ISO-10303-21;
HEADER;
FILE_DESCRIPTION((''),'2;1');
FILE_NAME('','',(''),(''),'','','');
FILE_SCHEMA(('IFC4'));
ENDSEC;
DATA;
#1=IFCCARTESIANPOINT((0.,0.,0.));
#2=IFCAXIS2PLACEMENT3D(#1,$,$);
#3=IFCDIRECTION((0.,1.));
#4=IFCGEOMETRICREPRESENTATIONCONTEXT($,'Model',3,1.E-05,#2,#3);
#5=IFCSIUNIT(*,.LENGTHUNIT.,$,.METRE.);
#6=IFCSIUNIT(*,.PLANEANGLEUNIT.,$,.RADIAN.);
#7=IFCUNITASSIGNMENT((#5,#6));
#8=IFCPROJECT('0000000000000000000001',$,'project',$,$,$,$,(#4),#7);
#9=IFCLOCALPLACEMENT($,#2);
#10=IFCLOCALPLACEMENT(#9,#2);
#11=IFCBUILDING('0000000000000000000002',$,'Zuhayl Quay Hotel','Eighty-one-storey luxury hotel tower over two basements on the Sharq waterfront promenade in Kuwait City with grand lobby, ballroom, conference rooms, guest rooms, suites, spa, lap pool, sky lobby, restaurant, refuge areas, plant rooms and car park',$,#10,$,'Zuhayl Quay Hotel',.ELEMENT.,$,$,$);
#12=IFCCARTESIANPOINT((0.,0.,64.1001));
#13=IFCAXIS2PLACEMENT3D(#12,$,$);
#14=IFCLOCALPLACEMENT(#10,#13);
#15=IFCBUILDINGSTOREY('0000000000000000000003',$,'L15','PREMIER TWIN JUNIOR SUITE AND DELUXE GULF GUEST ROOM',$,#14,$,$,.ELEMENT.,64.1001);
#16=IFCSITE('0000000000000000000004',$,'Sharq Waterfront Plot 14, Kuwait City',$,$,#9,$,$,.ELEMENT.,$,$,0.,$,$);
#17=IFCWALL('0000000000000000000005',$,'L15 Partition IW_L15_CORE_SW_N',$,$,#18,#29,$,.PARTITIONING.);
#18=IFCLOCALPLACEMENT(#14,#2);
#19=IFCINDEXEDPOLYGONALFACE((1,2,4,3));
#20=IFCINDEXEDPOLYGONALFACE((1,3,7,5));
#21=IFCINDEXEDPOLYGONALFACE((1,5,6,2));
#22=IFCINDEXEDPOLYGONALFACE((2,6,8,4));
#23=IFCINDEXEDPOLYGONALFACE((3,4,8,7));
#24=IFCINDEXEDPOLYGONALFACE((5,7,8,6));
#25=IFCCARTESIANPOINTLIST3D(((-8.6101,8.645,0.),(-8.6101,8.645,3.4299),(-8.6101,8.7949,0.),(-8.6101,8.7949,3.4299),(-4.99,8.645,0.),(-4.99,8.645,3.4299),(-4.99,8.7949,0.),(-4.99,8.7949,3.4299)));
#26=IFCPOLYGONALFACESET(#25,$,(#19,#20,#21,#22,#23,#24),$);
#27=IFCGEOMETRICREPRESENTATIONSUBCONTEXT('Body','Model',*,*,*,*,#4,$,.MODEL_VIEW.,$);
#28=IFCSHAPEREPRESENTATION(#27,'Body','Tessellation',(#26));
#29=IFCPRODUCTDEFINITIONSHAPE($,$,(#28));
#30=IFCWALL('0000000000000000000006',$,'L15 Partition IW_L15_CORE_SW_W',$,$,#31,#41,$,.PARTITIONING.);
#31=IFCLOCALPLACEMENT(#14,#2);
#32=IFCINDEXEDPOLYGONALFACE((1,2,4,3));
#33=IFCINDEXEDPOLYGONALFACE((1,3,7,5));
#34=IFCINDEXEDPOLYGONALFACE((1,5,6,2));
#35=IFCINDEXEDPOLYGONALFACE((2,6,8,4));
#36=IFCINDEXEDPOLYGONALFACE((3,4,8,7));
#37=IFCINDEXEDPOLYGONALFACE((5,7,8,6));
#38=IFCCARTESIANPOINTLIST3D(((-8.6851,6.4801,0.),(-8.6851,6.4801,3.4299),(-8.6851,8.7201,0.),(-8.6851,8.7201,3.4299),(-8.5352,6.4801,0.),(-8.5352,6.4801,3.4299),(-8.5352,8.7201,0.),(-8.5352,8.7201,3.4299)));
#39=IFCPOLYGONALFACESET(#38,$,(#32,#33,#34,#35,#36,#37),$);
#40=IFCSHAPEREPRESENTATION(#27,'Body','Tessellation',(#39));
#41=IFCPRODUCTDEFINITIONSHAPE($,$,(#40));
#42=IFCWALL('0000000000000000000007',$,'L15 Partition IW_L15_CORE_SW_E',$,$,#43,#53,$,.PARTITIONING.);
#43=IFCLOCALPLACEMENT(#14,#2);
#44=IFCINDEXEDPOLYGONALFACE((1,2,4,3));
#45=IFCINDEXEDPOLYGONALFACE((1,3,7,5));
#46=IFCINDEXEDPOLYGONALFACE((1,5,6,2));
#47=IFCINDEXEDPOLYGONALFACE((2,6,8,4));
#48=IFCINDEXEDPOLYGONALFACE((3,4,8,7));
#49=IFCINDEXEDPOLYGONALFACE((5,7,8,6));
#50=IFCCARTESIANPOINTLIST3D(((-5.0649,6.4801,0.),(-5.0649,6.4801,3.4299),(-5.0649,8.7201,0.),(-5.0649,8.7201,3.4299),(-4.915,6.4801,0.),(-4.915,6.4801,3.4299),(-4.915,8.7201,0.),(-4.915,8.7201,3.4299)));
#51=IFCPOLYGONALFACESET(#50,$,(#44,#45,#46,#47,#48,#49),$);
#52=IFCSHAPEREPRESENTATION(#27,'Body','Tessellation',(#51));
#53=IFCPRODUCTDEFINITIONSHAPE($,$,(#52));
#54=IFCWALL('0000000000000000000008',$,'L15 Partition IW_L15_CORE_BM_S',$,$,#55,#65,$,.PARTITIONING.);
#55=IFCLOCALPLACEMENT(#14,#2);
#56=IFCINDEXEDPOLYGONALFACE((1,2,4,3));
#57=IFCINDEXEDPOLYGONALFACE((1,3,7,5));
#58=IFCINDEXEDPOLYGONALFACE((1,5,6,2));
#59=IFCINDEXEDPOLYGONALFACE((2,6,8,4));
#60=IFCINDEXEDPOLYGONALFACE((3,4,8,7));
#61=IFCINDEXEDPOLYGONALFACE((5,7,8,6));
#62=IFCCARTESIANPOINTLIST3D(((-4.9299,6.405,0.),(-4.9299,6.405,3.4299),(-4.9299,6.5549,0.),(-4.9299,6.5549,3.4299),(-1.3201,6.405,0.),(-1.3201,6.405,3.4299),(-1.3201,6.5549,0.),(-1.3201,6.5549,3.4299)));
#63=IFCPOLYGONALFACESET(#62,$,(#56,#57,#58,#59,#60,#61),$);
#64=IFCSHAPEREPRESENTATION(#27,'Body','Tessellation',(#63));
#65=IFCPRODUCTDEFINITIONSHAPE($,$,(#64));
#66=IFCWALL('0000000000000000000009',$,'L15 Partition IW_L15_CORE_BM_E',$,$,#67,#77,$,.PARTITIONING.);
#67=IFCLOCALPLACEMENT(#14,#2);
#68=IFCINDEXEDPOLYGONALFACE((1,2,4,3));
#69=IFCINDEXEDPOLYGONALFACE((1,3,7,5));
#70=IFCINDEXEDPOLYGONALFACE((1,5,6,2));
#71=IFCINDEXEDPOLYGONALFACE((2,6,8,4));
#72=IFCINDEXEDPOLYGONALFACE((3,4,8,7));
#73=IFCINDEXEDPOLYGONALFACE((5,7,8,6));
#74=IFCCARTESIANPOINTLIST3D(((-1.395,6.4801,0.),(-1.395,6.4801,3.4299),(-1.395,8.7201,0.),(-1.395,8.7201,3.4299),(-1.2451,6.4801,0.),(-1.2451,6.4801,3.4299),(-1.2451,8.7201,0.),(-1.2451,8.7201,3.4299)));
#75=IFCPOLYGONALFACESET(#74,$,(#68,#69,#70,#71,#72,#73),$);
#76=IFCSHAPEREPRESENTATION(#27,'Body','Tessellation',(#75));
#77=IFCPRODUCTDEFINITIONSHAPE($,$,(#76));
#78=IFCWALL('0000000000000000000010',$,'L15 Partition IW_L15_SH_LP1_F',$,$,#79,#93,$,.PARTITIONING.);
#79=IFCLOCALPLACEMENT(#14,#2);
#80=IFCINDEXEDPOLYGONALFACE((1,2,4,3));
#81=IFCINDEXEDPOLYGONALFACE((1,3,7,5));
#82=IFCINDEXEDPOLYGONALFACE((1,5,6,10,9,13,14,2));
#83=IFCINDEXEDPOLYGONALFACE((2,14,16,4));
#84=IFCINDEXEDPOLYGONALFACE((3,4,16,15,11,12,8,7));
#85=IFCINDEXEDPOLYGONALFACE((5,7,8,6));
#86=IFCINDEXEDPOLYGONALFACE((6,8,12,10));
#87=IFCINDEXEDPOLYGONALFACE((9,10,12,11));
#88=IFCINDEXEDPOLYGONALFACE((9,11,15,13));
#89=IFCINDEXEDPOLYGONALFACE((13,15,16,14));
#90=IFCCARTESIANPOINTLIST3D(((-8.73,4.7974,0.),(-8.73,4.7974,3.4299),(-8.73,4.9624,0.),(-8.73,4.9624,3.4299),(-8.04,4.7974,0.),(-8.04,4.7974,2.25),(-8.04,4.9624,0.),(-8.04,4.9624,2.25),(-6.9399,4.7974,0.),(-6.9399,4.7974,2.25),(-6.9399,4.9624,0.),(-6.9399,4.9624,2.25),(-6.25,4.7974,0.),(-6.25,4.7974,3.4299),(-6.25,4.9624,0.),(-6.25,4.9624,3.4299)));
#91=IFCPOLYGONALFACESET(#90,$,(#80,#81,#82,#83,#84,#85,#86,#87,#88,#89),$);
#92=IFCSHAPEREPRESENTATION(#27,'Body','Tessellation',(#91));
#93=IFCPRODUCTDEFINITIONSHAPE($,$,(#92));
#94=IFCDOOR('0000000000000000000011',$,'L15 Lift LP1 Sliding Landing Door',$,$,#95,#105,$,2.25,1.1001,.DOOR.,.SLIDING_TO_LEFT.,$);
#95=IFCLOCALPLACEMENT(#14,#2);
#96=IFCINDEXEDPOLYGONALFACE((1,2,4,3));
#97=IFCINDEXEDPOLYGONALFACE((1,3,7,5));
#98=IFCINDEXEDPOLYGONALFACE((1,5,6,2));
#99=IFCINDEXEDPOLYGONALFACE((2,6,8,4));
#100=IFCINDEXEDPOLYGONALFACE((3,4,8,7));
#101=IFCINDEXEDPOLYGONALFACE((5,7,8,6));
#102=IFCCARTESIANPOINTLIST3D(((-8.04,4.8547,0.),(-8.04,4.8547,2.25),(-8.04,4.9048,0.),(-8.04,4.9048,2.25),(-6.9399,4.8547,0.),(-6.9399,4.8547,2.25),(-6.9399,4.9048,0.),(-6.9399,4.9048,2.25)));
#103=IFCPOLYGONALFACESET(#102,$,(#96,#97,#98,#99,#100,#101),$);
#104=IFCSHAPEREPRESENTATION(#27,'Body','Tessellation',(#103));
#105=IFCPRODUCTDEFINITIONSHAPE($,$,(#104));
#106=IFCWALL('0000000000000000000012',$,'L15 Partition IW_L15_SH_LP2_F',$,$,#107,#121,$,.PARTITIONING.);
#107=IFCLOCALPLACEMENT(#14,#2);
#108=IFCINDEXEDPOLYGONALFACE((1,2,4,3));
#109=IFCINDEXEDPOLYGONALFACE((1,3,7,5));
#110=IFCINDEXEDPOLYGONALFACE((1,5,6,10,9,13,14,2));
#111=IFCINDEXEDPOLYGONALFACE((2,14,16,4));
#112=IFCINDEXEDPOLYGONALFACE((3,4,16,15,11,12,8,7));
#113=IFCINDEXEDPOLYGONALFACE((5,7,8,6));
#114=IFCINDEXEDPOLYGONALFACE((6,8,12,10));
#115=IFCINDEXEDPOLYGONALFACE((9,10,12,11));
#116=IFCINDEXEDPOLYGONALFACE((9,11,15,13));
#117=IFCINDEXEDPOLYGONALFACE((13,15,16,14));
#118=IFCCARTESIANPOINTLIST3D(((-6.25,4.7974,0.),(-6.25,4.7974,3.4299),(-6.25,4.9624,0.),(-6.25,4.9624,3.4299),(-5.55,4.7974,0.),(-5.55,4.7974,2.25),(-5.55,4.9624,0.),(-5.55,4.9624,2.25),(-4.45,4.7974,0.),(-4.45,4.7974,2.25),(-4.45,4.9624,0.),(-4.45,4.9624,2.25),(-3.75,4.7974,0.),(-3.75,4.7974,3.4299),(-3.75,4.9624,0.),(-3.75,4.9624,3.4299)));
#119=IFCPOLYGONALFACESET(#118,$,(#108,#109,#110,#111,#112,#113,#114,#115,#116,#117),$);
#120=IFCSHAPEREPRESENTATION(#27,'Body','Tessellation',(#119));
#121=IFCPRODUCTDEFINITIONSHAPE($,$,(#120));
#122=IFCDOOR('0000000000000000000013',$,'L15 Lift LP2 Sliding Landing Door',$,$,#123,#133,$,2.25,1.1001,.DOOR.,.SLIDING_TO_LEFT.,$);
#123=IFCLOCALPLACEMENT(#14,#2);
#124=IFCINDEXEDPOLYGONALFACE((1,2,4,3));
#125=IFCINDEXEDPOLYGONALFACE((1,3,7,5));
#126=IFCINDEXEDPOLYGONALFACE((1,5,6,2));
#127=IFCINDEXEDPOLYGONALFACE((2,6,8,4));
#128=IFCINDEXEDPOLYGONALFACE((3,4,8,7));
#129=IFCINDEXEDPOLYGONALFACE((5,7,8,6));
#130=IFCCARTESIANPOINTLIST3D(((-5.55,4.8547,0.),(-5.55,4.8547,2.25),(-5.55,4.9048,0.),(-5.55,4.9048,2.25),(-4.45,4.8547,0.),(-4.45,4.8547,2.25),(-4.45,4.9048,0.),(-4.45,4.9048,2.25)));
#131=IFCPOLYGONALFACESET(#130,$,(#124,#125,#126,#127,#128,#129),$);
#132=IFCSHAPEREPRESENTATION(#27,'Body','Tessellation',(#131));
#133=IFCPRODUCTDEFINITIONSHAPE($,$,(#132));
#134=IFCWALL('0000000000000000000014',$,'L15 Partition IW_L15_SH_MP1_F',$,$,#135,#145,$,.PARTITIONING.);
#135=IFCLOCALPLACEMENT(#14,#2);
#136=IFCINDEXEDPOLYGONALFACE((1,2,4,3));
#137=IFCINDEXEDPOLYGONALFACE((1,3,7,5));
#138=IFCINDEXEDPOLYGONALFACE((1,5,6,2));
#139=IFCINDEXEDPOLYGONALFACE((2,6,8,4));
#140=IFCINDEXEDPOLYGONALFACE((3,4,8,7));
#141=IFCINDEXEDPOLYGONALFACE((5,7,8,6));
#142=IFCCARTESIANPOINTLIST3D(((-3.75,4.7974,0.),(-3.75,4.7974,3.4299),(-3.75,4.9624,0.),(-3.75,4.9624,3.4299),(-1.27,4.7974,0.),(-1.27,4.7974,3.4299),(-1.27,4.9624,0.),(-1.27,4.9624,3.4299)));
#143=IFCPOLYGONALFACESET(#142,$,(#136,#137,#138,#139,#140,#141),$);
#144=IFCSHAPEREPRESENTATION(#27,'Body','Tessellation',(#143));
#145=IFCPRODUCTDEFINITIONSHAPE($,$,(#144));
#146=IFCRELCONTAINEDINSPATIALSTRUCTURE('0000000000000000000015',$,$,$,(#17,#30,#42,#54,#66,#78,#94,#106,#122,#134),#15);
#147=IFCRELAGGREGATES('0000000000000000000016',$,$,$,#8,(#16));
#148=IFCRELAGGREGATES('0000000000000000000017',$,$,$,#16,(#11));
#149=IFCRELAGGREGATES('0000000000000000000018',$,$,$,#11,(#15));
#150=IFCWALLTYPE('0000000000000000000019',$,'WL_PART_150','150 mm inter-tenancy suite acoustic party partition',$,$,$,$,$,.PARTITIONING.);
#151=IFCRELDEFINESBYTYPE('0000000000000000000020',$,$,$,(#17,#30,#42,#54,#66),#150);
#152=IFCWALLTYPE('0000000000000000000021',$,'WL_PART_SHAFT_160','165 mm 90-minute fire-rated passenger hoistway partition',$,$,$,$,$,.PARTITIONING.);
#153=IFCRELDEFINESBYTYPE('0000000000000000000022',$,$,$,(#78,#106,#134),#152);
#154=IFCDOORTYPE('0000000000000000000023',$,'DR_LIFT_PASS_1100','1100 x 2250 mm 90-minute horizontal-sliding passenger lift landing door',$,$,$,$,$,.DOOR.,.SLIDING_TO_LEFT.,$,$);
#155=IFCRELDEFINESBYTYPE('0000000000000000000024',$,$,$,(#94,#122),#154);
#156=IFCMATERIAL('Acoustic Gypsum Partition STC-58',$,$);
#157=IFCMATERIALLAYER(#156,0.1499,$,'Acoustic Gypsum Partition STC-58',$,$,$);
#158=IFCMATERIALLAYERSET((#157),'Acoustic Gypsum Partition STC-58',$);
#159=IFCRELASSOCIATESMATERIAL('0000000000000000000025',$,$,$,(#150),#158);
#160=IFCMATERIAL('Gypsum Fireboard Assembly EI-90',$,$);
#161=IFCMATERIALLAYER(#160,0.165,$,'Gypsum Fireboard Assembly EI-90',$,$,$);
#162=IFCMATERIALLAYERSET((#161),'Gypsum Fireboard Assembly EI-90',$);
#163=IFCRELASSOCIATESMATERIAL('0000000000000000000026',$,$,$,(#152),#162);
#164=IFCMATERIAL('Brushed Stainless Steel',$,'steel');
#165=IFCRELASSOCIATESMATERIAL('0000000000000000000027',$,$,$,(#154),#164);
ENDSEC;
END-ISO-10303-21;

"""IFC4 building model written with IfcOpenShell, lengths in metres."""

from ifc_helpers import new_model, si_unit, direction, frame, frame_2d, origin, place, context, subcontext, project, spatial, rectangle, extrude, material, layer, layer_set, type_object, element, fill, save


model = new_model("IFC4")

# Units and contexts
model_context = context("Model", 3, precision=1e-05, world=origin(), true_north=direction((0.0, 1.0)))
body_context = subcontext(model_context, "Body", "Model", "MODEL_VIEW")
ifc_project = project(units=[si_unit("LENGTHUNIT", "METRE"), si_unit("PLANEANGLEUNIT", "RADIAN")], contexts=[model_context])

# Site, building, storey
site_placement = place(None, origin())
site = spatial("IfcSite", under=ifc_project, at=site_placement, Name="Sharq Waterfront Plot 14, Kuwait City", CompositionType="ELEMENT", RefElevation=0.0)
building_placement = place(site_placement, origin())
building = spatial("IfcBuilding", under=site, at=building_placement, Name="Zuhayl Quay Hotel", Description="Eighty-one-storey luxury hotel tower over two basements on the Sharq waterfront promenade in Kuwait City with grand lobby, ballroom, conference rooms, guest rooms, suites, spa, lap pool, sky lobby, restaurant, refuge areas, plant rooms and car park", LongName="Zuhayl Quay Hotel", CompositionType="ELEMENT")
storey_placement = place(building_placement, frame((0.0, 0.0, 64.1001)))
storey = spatial("IfcBuildingStorey", under=building, at=storey_placement, Name="L15", Description="PREMIER TWIN JUNIOR SUITE AND DELUXE GULF GUEST ROOM", CompositionType="ELEMENT", Elevation=64.1001)

# Shared definitions
ifc_material_1 = material(Name="Acoustic Gypsum Partition STC-58")
ifc_layer_1 = layer(ifc_material_1, 0.1499, Name="Acoustic Gypsum Partition STC-58")
ifc_layer_set_1 = layer_set([ifc_layer_1], Name="Acoustic Gypsum Partition STC-58")
wall_type_1 = type_object("IfcWallType", Name="WL_PART_150", Description="150 mm inter-tenancy suite acoustic party partition", PredefinedType="PARTITIONING", material=ifc_layer_set_1)

# Walls
wall_1_placement = place(storey_placement, frame((-8.6101, 8.72, 0.0), z_axis=(0.0, 0.0, 1.0), x_axis=(1.0, 0.0, 0.0)))
element("IfcWall", 1, at=wall_1_placement, inside=storey, type_object=wall_type_1, Name="L15 Partition IW_L15_CORE_SW_N", PredefinedType="PARTITIONING", context=body_context, shape_type="SweptSolid", body=[
    extrude(rectangle(XDim=3.6201, YDim=0.1499, at=frame_2d((1.8101, 0.0))), origin(), (0.0, 0.0, 1.0), 3.4299),
])
for number, where, z_axis, x_axis, name in (
    (2, (-8.6101, 6.48, 0.0), (0.0, 0.0, 1.0), (0.0, 1.0, 0.0), "L15 Partition IW_L15_CORE_SW_W"),
    (3, (-4.99, 6.48, 0.0), (0.0, 0.0, 1.0), (0.0, 1.0, 0.0), "L15 Partition IW_L15_CORE_SW_E"),
):
    element("IfcWall", number, at=place(storey_placement, frame(where, z_axis=z_axis, x_axis=x_axis)), inside=storey, type_object=wall_type_1, Name=name, PredefinedType="PARTITIONING", context=body_context, shape_type="SweptSolid", body=[
        extrude(rectangle(XDim=2.24, YDim=0.1499, at=frame_2d((1.1201, 0.0))), origin(), (0.0, 0.0, 1.0), 3.4299),
    ])
wall_2_placement = place(storey_placement, frame((-4.9299, 6.48, 0.0), z_axis=(0.0, 0.0, 1.0), x_axis=(1.0, 0.0, 0.0)))
element("IfcWall", 4, at=wall_2_placement, inside=storey, type_object=wall_type_1, Name="L15 Partition IW_L15_CORE_BM_S", PredefinedType="PARTITIONING", context=body_context, shape_type="SweptSolid", body=[
    extrude(rectangle(XDim=3.6099, YDim=0.1499, at=frame_2d((1.8049, 0.0))), origin(), (0.0, 0.0, 1.0), 3.4299),
])
wall_3_placement = place(storey_placement, frame((-1.3201, 6.48, 0.0), z_axis=(0.0, 0.0, 1.0), x_axis=(0.0, 1.0, 0.0)))
element("IfcWall", 5, at=wall_3_placement, inside=storey, type_object=wall_type_1, Name="L15 Partition IW_L15_CORE_BM_E", PredefinedType="PARTITIONING", context=body_context, shape_type="SweptSolid", body=[
    extrude(rectangle(XDim=2.24, YDim=0.1499, at=frame_2d((1.1201, 0.0))), origin(), (0.0, 0.0, 1.0), 3.4299),
])

# Walls, openings, doors
ifc_material_2 = material(Name="Gypsum Fireboard Assembly EI-90")
ifc_layer_2 = layer(ifc_material_2, 0.165, Name="Gypsum Fireboard Assembly EI-90")
ifc_layer_set_2 = layer_set([ifc_layer_2], Name="Gypsum Fireboard Assembly EI-90")
wall_type_2 = type_object("IfcWallType", Name="WL_PART_SHAFT_160", Description="165 mm 90-minute fire-rated passenger hoistway partition", PredefinedType="PARTITIONING", material=ifc_layer_set_2)
wall_4_placement = place(storey_placement, frame((-8.73, 4.8799, 0.0), z_axis=(0.0, 0.0, 1.0), x_axis=(1.0, 0.0, 0.0)))
wall_4 = element("IfcWall", 6, at=wall_4_placement, inside=storey, type_object=wall_type_2, Name="L15 Partition IW_L15_SH_LP1_F", PredefinedType="PARTITIONING", context=body_context, shape_type="SweptSolid", body=[
    extrude(rectangle(XDim=2.48, YDim=0.165, at=frame_2d((1.24, 0.0))), origin(), (0.0, 0.0, 1.0), 3.4299),
])
opening_1_placement = place(wall_4_placement, frame((0.6899, 0.0, 0.0)))
opening_1 = element("IfcOpeningElement", 7, at=opening_1_placement, cuts=wall_4, PredefinedType="OPENING", context=body_context, shape_type="SweptSolid", body=[
    extrude(rectangle(XDim=1.1001, YDim=2.25, at=frame_2d((0.55, 1.125))), frame((0.0, 0.0925, 0.0), z_axis=(0.0, -1.0, 0.0), x_axis=(1.0, 0.0, 0.0)), (0.0, 0.0, 1.0), 0.1851),
])
ifc_material_3 = material(Name="Brushed Stainless Steel", Category="steel")
door_type_1 = type_object("IfcDoorType", Name="DR_LIFT_PASS_1100", Description="1100 x 2250 mm 90-minute horizontal-sliding passenger lift landing door", OperationType="SLIDING_TO_LEFT", PredefinedType="DOOR", material=ifc_material_3)
door_1_placement = place(opening_1_placement, origin())
door_1 = element("IfcDoor", 8, at=door_1_placement, inside=storey, type_object=door_type_1, Name="L15 Lift LP1 Sliding Landing Door", OperationType="SLIDING_TO_LEFT", OverallHeight=2.25, OverallWidth=1.1001, PredefinedType="DOOR", context=body_context, shape_type="SweptSolid", body=[
    extrude(rectangle(XDim=1.1001, YDim=2.25, at=frame_2d((0.55, 1.125))), frame((0.0, 0.0249, 0.0), z_axis=(0.0, -1.0, 0.0), x_axis=(1.0, 0.0, 0.0)), (0.0, 0.0, 1.0), 0.05),
])
fill(opening_1, door_1)
wall_5_placement = place(storey_placement, frame((-6.25, 4.8799, 0.0), z_axis=(0.0, 0.0, 1.0), x_axis=(1.0, 0.0, 0.0)))
wall_5 = element("IfcWall", 9, at=wall_5_placement, inside=storey, type_object=wall_type_2, Name="L15 Partition IW_L15_SH_LP2_F", PredefinedType="PARTITIONING", context=body_context, shape_type="SweptSolid", body=[
    extrude(rectangle(XDim=2.5, YDim=0.165, at=frame_2d((1.25, 0.0))), origin(), (0.0, 0.0, 1.0), 3.4299),
])
opening_2_placement = place(wall_5_placement, frame((0.7, 0.0, 0.0)))
opening_2 = element("IfcOpeningElement", 10, at=opening_2_placement, cuts=wall_5, PredefinedType="OPENING", context=body_context, shape_type="SweptSolid", body=[
    extrude(rectangle(XDim=1.1001, YDim=2.25, at=frame_2d((0.55, 1.125))), frame((0.0, 0.0925, 0.0), z_axis=(0.0, -1.0, 0.0), x_axis=(1.0, 0.0, 0.0)), (0.0, 0.0, 1.0), 0.1851),
])
door_2_placement = place(opening_2_placement, origin())
door_2 = element("IfcDoor", 11, at=door_2_placement, inside=storey, type_object=door_type_1, Name="L15 Lift LP2 Sliding Landing Door", OperationType="SLIDING_TO_LEFT", OverallHeight=2.25, OverallWidth=1.1001, PredefinedType="DOOR", context=body_context, shape_type="SweptSolid", body=[
    extrude(rectangle(XDim=1.1001, YDim=2.25, at=frame_2d((0.55, 1.125))), frame((0.0, 0.0249, 0.0), z_axis=(0.0, -1.0, 0.0), x_axis=(1.0, 0.0, 0.0)), (0.0, 0.0, 1.0), 0.05),
])
fill(opening_2, door_2)

# Wall
wall_6_placement = place(storey_placement, frame((-3.75, 4.8799, 0.0), z_axis=(0.0, 0.0, 1.0), x_axis=(1.0, 0.0, 0.0)))
element("IfcWall", 12, at=wall_6_placement, inside=storey, type_object=wall_type_2, Name="L15 Partition IW_L15_SH_MP1_F", PredefinedType="PARTITIONING", context=body_context, shape_type="SweptSolid", body=[
    extrude(rectangle(XDim=2.48, YDim=0.165, at=frame_2d((1.24, 0.0))), origin(), (0.0, 0.0, 1.0), 3.4299),
])

save(model, "model.ifc")
